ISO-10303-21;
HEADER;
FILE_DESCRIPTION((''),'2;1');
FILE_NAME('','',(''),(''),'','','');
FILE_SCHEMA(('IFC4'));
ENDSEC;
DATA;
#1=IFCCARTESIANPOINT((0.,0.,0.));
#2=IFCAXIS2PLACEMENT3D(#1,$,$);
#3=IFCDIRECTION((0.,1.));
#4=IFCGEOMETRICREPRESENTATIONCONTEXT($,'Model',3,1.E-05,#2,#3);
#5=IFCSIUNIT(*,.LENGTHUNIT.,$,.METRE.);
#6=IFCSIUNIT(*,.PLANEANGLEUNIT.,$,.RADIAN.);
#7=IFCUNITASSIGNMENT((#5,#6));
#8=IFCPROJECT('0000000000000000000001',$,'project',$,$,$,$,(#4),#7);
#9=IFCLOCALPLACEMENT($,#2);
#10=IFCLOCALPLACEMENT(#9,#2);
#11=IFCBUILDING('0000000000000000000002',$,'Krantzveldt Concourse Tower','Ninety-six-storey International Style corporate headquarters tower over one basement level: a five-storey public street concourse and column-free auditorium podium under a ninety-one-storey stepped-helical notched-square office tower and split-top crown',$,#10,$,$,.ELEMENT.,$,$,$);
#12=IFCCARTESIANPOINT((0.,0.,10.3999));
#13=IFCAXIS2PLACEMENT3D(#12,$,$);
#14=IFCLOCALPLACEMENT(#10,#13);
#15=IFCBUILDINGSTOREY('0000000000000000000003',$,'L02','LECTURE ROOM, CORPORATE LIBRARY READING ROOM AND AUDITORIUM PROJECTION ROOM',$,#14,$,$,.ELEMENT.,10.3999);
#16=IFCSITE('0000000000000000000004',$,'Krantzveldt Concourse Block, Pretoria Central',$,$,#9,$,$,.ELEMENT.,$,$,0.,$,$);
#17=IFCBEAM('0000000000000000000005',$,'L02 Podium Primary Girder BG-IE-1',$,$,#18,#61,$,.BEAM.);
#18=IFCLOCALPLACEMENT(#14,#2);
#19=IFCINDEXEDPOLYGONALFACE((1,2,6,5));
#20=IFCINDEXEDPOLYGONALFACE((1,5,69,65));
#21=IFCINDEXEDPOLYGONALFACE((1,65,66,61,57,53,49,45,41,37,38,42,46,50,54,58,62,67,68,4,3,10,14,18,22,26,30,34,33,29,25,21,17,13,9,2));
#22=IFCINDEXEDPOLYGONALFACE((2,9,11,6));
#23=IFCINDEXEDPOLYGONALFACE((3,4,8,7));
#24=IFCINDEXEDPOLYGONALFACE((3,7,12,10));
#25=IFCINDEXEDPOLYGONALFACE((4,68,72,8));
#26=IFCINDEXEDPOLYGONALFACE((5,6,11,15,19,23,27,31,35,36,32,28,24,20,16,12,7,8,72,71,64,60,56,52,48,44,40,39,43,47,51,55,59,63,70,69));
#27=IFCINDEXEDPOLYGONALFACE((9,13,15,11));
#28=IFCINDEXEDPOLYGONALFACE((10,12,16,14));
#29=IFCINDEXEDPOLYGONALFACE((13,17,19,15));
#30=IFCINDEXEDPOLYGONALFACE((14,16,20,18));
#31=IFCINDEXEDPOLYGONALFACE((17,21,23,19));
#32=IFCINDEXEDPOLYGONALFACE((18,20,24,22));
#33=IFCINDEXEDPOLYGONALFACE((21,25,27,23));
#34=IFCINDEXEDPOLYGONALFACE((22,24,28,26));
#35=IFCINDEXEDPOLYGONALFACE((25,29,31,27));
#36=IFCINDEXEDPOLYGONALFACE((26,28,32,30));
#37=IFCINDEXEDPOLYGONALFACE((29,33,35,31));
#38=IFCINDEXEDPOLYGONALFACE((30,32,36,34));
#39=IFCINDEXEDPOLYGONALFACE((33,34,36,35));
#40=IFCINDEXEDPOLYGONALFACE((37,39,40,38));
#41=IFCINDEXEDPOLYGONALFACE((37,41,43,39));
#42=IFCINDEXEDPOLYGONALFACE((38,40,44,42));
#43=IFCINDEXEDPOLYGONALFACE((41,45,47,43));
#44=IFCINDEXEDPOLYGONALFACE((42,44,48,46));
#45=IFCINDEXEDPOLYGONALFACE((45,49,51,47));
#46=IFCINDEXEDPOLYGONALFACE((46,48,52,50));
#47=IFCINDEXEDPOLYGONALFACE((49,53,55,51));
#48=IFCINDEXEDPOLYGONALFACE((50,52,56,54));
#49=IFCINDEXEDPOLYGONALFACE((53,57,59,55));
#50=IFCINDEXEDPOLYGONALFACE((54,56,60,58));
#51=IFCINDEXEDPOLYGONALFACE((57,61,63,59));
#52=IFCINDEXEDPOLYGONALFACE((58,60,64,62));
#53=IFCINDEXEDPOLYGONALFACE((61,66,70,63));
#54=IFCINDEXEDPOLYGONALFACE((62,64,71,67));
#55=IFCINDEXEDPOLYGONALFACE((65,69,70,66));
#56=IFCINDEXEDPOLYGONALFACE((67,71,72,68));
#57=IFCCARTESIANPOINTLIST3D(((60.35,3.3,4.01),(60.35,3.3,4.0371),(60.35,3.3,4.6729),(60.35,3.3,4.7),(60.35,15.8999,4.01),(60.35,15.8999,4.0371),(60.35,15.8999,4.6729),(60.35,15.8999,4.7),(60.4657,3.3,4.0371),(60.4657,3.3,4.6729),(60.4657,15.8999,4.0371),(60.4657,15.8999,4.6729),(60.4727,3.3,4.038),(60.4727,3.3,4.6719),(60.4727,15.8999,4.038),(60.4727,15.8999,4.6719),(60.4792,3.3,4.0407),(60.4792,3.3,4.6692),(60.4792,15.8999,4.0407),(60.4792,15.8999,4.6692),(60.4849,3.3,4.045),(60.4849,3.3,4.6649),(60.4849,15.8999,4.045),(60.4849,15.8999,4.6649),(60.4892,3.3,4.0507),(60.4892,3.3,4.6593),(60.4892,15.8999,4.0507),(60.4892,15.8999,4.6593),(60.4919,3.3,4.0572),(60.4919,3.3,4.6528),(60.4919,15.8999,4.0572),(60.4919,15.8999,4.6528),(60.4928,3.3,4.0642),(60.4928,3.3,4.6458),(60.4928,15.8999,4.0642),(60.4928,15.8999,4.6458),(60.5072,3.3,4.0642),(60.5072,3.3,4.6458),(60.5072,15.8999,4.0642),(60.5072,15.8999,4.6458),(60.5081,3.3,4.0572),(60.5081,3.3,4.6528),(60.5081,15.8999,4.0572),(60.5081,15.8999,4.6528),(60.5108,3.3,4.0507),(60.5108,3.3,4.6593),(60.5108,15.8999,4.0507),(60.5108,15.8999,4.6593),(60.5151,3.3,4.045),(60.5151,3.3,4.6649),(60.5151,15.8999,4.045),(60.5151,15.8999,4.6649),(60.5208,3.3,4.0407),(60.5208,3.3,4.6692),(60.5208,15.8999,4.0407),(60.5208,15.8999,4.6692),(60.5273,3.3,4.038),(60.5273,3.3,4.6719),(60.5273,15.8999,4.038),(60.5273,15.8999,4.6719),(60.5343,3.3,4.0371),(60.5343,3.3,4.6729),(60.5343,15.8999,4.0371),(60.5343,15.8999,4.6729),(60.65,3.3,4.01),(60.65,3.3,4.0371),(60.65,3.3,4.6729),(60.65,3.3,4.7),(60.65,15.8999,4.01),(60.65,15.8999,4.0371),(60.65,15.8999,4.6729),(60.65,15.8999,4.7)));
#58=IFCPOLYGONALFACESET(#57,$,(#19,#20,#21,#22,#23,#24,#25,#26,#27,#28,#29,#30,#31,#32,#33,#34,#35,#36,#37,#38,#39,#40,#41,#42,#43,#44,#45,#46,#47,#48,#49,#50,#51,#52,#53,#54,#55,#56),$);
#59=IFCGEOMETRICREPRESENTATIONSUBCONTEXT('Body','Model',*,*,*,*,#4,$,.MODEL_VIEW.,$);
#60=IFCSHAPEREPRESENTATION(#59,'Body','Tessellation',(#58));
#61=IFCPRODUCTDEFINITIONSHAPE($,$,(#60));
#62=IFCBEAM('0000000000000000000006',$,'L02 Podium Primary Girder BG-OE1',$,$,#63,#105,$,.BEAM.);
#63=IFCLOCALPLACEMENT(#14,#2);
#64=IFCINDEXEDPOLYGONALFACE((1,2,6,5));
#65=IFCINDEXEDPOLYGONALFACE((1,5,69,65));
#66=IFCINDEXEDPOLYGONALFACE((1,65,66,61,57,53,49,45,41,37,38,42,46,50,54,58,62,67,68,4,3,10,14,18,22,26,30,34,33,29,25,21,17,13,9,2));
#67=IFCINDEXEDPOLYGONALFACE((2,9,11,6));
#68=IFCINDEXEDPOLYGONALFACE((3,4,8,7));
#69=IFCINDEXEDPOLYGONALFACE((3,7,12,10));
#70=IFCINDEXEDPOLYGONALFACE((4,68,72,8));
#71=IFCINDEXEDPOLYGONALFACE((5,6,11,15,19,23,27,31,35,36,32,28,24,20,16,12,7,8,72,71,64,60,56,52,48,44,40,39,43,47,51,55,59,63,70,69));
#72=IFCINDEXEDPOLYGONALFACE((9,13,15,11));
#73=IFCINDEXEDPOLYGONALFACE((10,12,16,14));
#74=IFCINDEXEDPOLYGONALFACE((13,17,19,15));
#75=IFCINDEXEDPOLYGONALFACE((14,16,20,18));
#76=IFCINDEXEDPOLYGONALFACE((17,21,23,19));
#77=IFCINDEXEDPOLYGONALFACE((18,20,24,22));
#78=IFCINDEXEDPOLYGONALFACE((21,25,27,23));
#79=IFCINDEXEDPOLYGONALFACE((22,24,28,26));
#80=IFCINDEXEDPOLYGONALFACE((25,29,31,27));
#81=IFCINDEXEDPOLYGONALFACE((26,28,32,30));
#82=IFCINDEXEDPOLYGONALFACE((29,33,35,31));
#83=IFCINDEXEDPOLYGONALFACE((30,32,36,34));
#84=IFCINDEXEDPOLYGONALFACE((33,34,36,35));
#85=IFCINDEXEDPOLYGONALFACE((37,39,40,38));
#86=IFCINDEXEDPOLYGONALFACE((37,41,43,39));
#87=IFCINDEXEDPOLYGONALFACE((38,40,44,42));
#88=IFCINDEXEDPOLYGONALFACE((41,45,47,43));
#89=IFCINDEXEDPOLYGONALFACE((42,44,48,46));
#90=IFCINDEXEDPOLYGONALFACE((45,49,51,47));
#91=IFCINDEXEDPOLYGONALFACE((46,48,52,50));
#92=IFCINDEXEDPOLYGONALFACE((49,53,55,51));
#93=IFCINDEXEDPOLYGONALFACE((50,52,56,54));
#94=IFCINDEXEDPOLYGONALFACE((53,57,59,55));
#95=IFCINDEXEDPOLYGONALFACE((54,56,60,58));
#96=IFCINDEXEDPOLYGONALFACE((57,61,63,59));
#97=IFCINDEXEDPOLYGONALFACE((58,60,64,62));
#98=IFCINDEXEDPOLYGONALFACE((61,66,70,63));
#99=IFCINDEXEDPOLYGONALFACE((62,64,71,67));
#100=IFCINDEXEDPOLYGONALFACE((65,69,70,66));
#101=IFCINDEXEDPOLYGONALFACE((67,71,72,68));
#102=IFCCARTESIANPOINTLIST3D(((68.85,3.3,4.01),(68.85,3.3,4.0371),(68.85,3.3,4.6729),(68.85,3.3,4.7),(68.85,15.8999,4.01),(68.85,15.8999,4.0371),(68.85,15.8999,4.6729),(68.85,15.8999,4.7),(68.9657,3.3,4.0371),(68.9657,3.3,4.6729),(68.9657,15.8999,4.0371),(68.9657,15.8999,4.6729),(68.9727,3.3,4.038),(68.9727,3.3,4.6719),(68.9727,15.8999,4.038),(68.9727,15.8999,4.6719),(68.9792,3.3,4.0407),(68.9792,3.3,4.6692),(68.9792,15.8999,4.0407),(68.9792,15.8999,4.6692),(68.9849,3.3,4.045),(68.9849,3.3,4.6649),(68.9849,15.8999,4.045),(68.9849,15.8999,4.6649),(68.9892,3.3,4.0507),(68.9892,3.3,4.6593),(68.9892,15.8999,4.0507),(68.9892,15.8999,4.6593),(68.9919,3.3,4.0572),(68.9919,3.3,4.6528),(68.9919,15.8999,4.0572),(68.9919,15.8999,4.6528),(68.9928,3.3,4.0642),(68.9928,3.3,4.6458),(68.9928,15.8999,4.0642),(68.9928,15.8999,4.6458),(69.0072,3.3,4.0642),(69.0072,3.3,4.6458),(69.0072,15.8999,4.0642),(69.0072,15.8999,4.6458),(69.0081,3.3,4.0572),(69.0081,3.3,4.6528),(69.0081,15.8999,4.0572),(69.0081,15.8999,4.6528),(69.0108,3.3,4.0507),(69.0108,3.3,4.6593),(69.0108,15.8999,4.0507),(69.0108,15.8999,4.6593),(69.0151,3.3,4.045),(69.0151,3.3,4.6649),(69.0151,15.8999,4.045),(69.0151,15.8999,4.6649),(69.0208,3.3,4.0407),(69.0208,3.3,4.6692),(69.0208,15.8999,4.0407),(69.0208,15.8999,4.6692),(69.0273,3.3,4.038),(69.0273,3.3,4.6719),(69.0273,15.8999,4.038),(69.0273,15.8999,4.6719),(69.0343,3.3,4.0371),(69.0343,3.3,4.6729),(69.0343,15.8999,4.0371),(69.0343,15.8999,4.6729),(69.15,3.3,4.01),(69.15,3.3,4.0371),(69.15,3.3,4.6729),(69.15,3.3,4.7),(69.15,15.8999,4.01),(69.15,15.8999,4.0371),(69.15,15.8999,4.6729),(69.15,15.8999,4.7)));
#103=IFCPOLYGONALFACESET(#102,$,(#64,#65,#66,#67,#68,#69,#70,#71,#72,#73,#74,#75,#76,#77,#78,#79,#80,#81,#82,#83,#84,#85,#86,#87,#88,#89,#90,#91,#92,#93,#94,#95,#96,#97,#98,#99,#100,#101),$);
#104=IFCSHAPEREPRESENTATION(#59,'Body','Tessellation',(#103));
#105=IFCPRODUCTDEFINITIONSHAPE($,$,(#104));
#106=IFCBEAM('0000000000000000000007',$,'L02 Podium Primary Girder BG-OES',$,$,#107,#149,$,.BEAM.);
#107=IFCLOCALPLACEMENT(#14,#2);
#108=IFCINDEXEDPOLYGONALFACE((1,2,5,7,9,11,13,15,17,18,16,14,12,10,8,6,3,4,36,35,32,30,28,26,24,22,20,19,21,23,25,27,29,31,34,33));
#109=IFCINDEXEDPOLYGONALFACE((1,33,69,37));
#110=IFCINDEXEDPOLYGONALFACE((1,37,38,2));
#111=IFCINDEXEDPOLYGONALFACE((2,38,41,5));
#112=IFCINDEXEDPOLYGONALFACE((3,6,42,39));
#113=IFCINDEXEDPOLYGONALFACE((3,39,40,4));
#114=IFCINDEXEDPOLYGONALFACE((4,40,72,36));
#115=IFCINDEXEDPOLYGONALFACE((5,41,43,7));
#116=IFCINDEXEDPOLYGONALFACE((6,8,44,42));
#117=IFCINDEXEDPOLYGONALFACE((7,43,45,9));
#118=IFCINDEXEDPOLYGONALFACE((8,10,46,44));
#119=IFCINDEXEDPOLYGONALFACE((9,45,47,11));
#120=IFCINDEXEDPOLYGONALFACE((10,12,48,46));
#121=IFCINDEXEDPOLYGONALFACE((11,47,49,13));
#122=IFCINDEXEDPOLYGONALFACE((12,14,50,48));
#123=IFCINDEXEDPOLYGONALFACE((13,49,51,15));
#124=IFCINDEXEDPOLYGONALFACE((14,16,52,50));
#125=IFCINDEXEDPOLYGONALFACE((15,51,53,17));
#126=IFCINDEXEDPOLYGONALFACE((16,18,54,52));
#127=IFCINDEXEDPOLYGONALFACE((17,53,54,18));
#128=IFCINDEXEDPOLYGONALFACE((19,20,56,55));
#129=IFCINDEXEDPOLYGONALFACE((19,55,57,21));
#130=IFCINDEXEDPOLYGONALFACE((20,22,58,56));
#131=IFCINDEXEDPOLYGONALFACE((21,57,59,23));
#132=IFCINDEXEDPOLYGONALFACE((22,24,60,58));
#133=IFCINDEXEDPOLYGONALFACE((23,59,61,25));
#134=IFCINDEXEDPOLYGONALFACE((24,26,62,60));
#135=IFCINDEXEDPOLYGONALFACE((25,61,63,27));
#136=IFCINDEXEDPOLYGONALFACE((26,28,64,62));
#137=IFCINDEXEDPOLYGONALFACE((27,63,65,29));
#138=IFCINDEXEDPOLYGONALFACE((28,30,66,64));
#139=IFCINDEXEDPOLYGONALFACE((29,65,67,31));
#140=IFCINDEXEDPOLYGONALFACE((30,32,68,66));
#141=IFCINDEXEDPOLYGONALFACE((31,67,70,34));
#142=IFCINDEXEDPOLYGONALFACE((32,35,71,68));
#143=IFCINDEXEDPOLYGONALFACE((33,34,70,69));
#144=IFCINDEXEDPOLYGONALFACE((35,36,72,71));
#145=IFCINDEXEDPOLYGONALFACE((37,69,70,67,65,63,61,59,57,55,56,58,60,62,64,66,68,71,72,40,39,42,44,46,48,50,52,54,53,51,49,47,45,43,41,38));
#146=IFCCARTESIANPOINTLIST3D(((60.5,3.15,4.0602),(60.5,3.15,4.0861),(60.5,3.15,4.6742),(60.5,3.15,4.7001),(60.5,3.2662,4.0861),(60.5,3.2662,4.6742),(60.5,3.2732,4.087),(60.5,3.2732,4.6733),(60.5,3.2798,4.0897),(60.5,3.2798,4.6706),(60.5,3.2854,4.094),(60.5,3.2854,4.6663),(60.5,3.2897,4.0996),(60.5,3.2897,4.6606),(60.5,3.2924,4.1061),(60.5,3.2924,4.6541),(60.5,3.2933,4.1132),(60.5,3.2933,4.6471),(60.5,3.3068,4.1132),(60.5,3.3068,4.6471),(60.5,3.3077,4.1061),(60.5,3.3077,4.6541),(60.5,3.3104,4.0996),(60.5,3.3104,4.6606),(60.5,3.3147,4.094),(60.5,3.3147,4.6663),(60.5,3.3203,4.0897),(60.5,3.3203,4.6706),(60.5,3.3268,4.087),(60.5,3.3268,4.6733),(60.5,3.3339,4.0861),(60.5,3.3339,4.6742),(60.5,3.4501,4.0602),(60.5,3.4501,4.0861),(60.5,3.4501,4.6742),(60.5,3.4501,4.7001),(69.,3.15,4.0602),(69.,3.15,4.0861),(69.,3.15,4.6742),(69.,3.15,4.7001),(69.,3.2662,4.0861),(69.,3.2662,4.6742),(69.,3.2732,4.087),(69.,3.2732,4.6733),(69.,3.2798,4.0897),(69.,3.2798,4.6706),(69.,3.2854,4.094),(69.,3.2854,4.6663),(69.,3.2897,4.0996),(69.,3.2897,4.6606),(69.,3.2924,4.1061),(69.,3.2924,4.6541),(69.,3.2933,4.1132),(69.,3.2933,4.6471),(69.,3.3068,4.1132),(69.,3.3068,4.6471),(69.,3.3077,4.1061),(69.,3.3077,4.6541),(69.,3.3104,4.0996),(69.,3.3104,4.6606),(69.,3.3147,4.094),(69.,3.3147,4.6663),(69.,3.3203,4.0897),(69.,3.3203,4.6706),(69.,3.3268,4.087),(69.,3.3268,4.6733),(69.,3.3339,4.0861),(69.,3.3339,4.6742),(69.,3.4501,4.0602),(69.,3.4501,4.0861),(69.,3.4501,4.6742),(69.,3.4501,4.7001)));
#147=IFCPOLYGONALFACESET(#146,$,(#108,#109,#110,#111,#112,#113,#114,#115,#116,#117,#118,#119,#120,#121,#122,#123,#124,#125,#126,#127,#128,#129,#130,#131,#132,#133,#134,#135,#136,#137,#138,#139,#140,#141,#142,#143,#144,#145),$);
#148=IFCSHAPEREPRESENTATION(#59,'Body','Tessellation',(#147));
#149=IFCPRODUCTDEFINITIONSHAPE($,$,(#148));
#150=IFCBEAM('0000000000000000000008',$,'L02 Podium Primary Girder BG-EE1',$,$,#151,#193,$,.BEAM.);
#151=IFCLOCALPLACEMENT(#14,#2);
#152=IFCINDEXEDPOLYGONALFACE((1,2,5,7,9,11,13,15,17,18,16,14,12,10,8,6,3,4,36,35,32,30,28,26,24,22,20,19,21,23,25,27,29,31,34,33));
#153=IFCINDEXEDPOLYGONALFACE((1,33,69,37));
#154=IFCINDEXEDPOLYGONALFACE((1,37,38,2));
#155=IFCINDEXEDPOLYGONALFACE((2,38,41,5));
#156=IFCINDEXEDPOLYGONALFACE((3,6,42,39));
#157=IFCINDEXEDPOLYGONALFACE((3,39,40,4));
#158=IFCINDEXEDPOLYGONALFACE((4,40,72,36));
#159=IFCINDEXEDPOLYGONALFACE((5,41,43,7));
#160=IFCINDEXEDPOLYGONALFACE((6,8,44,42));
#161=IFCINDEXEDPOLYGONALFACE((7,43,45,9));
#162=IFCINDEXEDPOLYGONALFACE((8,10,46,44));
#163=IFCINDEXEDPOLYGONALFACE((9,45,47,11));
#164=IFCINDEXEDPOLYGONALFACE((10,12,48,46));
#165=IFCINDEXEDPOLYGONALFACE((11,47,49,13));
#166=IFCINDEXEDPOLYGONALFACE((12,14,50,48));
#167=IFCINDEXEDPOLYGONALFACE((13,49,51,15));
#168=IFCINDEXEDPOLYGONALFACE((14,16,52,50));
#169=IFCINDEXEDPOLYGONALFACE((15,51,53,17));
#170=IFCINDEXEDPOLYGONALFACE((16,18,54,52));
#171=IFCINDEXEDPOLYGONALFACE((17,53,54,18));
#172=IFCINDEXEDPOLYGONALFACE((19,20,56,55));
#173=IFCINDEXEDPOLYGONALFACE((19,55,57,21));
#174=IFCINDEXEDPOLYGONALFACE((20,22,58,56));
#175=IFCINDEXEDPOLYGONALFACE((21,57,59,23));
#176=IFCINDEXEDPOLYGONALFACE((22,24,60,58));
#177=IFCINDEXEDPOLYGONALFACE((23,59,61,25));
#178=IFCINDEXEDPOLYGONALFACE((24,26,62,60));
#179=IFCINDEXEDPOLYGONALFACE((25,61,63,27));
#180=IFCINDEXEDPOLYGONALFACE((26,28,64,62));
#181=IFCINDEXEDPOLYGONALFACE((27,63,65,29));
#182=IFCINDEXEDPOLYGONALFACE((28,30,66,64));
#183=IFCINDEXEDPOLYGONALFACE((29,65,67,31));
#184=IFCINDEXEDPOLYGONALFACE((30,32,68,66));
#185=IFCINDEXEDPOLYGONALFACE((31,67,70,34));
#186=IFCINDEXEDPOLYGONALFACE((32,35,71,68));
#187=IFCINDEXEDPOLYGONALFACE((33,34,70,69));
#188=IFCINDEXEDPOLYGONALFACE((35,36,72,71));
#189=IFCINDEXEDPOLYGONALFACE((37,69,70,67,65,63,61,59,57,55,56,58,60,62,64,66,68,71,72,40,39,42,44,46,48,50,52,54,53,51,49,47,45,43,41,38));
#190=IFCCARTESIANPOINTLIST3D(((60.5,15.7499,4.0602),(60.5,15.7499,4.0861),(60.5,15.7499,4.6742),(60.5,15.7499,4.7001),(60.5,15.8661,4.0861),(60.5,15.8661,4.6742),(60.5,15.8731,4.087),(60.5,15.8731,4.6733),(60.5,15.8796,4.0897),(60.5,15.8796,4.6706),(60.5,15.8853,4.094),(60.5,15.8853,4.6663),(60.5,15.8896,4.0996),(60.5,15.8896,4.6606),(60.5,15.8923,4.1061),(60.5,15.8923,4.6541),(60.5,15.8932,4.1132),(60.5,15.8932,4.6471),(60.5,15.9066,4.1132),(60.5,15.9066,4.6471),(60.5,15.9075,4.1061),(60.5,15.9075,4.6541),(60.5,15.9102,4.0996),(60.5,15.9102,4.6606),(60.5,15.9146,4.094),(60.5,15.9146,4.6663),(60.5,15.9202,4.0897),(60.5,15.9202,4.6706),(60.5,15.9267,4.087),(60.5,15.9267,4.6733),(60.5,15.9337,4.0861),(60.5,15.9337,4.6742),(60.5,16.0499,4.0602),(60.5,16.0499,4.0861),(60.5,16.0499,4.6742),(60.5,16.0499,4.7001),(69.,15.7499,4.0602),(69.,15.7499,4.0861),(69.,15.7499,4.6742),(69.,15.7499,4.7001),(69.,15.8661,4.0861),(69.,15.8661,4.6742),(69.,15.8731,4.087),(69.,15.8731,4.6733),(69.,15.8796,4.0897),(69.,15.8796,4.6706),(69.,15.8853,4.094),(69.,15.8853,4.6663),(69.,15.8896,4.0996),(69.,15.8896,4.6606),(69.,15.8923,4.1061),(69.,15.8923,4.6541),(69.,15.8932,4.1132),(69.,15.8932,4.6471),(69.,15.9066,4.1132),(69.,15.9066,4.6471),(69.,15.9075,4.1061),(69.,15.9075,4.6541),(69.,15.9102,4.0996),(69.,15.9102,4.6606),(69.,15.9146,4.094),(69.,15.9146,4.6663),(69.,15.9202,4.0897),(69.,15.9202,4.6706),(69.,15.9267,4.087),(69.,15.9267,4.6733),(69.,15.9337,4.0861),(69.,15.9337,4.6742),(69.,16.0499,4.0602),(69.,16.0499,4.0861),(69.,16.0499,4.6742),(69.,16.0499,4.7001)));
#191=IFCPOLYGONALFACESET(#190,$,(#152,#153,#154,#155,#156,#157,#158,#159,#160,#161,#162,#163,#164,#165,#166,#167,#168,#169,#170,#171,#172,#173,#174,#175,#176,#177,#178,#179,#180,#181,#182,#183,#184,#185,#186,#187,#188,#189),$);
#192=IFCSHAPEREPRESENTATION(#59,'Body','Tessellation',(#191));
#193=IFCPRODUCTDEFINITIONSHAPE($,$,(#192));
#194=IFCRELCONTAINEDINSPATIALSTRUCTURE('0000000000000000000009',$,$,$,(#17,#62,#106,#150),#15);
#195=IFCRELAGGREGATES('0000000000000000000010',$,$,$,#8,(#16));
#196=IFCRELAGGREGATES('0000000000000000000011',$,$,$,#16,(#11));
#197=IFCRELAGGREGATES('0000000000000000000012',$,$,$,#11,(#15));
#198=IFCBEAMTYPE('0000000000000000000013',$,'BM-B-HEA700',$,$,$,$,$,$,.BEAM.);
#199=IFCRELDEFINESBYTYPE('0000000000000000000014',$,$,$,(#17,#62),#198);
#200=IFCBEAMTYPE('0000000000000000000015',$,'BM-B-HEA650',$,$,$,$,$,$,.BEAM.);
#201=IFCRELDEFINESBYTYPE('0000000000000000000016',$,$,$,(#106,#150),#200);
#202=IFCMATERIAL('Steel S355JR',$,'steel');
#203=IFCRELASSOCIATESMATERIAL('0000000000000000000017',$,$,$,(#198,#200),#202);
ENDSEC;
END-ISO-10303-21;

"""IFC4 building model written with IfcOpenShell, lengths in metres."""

from ifc_helpers import new_model, si_unit, direction, frame, origin, origin_2d, place, context, subcontext, project, spatial, i_section, extrude, source, transform, mapped, material, material_profile, profile_set, type_object, type_shapes, element, save


model = new_model("IFC4")

# Units and contexts
model_context = context("Model", 3, precision=1e-05, world=origin(), true_north=direction((0.0, 1.0)))
body_context = subcontext(model_context, "Body", "Model", "MODEL_VIEW")
ifc_project = project(units=[si_unit("LENGTHUNIT", "METRE"), si_unit("PLANEANGLEUNIT", "RADIAN")], contexts=[model_context])

# Site, building, storey
site_placement = place(None, origin())
site = spatial("IfcSite", under=ifc_project, at=site_placement, Name="Krantzveldt Concourse Block, Pretoria Central", CompositionType="ELEMENT", RefElevation=0.0)
building_placement = place(site_placement, origin())
building = spatial("IfcBuilding", under=site, at=building_placement, Name="Krantzveldt Concourse Tower", Description="Ninety-six-storey International Style corporate headquarters tower over one basement level: a five-storey public street concourse and column-free auditorium podium under a ninety-one-storey stepped-helical notched-square office tower and split-top crown", CompositionType="ELEMENT")
storey_placement = place(building_placement, frame((0.0, 0.0, 10.3999)))
storey = spatial("IfcBuildingStorey", under=building, at=storey_placement, Name="L02", Description="LECTURE ROOM, CORPORATE LIBRARY READING ROOM AND AUDITORIUM PROJECTION ROOM", CompositionType="ELEMENT", Elevation=10.3999)

# Beams
ifc_material_1 = material(Name="Steel S355JR", Category="steel")
ifc_material_profile_1 = material_profile(ifc_material_1, i_section(OverallWidth=0.3, OverallDepth=0.6899, WebThickness=0.0144, FlangeThickness=0.0271, FilletRadius=0.0271, at=origin_2d()), Name="Steel S355JR", Category="steel")
ifc_profile_set_1 = profile_set([ifc_material_profile_1], Name="Steel S355JR - HEA 700")
beam_type_1 = type_object("IfcBeamType", Name="BM-B-HEA700", PredefinedType="BEAM", material=ifc_profile_set_1)
shared_shape_1 = source(origin(), body_context, "Body", "SweptSolid", [
    extrude(i_section(OverallWidth=0.3, OverallDepth=0.6899, WebThickness=0.0144, FlangeThickness=0.0271, FilletRadius=0.0271, at=origin_2d()), origin(), (0.0, 0.0, 1.0), 12.5999),
])
for number, where, z_axis, x_axis, name in (
    (1, (60.5, 3.3, 4.355), (0.0, 1.0, 0.0), (-1.0, 0.0, 0.0), "L02 Podium Primary Girder BG-IE-1"),
    (2, (69.0, 3.3, 4.355), (0.0, 1.0, 0.0), (-1.0, 0.0, 0.0), "L02 Podium Primary Girder BG-OE1"),
):
    element("IfcBeam", number, at=place(storey_placement, frame(where, z_axis=z_axis, x_axis=x_axis)), inside=storey, type_object=beam_type_1, Name=name, PredefinedType="BEAM", context=body_context, shape_type="MappedRepresentation", body=[
        mapped(shared_shape_1, transform((0.0, 0.0, 0.0), x_axis=(1.0, 0.0, 0.0), y_axis=(0.0, 1.0, 0.0), z_axis=(0.0, 0.0, 1.0), scale=1.0)),
    ])
ifc_material_profile_2 = material_profile(ifc_material_1, i_section(OverallWidth=0.3, OverallDepth=0.6399, WebThickness=0.0134, FlangeThickness=0.0259, FilletRadius=0.0271, at=origin_2d()), Name="Steel S355JR", Category="steel")
ifc_profile_set_2 = profile_set([ifc_material_profile_2], Name="Steel S355JR - HEA 650")
beam_type_2 = type_object("IfcBeamType", Name="BM-B-HEA650", PredefinedType="BEAM", material=ifc_profile_set_2)
shared_shape_2 = source(origin(), body_context, "Body", "SweptSolid", [
    extrude(i_section(OverallWidth=0.3, OverallDepth=0.6399, WebThickness=0.0134, FlangeThickness=0.0259, FilletRadius=0.0271, at=origin_2d()), origin(), (0.0, 0.0, 1.0), 8.5),
])
type_shapes(beam_type_2, [shared_shape_2])
for number, where, z_axis, x_axis, name in (
    (3, (60.5, 3.3, 4.3801), (1.0, 0.0, 0.0), (0.0, 1.0, 0.0), "L02 Podium Primary Girder BG-OES"),
    (4, (60.5, 15.8999, 4.3801), (1.0, 0.0, 0.0), (0.0, 1.0, 0.0), "L02 Podium Primary Girder BG-EE1"),
):
    element("IfcBeam", number, at=place(storey_placement, frame(where, z_axis=z_axis, x_axis=x_axis)), inside=storey, type_object=beam_type_2, Name=name, PredefinedType="BEAM", context=body_context, shape_type="MappedRepresentation", body=[
        mapped(shared_shape_2, transform((0.0, 0.0, 0.0), x_axis=(1.0, 0.0, 0.0), y_axis=(0.0, 1.0, 0.0), z_axis=(0.0, 0.0, 1.0), scale=1.0)),
    ])

save(model, "model.ifc")
